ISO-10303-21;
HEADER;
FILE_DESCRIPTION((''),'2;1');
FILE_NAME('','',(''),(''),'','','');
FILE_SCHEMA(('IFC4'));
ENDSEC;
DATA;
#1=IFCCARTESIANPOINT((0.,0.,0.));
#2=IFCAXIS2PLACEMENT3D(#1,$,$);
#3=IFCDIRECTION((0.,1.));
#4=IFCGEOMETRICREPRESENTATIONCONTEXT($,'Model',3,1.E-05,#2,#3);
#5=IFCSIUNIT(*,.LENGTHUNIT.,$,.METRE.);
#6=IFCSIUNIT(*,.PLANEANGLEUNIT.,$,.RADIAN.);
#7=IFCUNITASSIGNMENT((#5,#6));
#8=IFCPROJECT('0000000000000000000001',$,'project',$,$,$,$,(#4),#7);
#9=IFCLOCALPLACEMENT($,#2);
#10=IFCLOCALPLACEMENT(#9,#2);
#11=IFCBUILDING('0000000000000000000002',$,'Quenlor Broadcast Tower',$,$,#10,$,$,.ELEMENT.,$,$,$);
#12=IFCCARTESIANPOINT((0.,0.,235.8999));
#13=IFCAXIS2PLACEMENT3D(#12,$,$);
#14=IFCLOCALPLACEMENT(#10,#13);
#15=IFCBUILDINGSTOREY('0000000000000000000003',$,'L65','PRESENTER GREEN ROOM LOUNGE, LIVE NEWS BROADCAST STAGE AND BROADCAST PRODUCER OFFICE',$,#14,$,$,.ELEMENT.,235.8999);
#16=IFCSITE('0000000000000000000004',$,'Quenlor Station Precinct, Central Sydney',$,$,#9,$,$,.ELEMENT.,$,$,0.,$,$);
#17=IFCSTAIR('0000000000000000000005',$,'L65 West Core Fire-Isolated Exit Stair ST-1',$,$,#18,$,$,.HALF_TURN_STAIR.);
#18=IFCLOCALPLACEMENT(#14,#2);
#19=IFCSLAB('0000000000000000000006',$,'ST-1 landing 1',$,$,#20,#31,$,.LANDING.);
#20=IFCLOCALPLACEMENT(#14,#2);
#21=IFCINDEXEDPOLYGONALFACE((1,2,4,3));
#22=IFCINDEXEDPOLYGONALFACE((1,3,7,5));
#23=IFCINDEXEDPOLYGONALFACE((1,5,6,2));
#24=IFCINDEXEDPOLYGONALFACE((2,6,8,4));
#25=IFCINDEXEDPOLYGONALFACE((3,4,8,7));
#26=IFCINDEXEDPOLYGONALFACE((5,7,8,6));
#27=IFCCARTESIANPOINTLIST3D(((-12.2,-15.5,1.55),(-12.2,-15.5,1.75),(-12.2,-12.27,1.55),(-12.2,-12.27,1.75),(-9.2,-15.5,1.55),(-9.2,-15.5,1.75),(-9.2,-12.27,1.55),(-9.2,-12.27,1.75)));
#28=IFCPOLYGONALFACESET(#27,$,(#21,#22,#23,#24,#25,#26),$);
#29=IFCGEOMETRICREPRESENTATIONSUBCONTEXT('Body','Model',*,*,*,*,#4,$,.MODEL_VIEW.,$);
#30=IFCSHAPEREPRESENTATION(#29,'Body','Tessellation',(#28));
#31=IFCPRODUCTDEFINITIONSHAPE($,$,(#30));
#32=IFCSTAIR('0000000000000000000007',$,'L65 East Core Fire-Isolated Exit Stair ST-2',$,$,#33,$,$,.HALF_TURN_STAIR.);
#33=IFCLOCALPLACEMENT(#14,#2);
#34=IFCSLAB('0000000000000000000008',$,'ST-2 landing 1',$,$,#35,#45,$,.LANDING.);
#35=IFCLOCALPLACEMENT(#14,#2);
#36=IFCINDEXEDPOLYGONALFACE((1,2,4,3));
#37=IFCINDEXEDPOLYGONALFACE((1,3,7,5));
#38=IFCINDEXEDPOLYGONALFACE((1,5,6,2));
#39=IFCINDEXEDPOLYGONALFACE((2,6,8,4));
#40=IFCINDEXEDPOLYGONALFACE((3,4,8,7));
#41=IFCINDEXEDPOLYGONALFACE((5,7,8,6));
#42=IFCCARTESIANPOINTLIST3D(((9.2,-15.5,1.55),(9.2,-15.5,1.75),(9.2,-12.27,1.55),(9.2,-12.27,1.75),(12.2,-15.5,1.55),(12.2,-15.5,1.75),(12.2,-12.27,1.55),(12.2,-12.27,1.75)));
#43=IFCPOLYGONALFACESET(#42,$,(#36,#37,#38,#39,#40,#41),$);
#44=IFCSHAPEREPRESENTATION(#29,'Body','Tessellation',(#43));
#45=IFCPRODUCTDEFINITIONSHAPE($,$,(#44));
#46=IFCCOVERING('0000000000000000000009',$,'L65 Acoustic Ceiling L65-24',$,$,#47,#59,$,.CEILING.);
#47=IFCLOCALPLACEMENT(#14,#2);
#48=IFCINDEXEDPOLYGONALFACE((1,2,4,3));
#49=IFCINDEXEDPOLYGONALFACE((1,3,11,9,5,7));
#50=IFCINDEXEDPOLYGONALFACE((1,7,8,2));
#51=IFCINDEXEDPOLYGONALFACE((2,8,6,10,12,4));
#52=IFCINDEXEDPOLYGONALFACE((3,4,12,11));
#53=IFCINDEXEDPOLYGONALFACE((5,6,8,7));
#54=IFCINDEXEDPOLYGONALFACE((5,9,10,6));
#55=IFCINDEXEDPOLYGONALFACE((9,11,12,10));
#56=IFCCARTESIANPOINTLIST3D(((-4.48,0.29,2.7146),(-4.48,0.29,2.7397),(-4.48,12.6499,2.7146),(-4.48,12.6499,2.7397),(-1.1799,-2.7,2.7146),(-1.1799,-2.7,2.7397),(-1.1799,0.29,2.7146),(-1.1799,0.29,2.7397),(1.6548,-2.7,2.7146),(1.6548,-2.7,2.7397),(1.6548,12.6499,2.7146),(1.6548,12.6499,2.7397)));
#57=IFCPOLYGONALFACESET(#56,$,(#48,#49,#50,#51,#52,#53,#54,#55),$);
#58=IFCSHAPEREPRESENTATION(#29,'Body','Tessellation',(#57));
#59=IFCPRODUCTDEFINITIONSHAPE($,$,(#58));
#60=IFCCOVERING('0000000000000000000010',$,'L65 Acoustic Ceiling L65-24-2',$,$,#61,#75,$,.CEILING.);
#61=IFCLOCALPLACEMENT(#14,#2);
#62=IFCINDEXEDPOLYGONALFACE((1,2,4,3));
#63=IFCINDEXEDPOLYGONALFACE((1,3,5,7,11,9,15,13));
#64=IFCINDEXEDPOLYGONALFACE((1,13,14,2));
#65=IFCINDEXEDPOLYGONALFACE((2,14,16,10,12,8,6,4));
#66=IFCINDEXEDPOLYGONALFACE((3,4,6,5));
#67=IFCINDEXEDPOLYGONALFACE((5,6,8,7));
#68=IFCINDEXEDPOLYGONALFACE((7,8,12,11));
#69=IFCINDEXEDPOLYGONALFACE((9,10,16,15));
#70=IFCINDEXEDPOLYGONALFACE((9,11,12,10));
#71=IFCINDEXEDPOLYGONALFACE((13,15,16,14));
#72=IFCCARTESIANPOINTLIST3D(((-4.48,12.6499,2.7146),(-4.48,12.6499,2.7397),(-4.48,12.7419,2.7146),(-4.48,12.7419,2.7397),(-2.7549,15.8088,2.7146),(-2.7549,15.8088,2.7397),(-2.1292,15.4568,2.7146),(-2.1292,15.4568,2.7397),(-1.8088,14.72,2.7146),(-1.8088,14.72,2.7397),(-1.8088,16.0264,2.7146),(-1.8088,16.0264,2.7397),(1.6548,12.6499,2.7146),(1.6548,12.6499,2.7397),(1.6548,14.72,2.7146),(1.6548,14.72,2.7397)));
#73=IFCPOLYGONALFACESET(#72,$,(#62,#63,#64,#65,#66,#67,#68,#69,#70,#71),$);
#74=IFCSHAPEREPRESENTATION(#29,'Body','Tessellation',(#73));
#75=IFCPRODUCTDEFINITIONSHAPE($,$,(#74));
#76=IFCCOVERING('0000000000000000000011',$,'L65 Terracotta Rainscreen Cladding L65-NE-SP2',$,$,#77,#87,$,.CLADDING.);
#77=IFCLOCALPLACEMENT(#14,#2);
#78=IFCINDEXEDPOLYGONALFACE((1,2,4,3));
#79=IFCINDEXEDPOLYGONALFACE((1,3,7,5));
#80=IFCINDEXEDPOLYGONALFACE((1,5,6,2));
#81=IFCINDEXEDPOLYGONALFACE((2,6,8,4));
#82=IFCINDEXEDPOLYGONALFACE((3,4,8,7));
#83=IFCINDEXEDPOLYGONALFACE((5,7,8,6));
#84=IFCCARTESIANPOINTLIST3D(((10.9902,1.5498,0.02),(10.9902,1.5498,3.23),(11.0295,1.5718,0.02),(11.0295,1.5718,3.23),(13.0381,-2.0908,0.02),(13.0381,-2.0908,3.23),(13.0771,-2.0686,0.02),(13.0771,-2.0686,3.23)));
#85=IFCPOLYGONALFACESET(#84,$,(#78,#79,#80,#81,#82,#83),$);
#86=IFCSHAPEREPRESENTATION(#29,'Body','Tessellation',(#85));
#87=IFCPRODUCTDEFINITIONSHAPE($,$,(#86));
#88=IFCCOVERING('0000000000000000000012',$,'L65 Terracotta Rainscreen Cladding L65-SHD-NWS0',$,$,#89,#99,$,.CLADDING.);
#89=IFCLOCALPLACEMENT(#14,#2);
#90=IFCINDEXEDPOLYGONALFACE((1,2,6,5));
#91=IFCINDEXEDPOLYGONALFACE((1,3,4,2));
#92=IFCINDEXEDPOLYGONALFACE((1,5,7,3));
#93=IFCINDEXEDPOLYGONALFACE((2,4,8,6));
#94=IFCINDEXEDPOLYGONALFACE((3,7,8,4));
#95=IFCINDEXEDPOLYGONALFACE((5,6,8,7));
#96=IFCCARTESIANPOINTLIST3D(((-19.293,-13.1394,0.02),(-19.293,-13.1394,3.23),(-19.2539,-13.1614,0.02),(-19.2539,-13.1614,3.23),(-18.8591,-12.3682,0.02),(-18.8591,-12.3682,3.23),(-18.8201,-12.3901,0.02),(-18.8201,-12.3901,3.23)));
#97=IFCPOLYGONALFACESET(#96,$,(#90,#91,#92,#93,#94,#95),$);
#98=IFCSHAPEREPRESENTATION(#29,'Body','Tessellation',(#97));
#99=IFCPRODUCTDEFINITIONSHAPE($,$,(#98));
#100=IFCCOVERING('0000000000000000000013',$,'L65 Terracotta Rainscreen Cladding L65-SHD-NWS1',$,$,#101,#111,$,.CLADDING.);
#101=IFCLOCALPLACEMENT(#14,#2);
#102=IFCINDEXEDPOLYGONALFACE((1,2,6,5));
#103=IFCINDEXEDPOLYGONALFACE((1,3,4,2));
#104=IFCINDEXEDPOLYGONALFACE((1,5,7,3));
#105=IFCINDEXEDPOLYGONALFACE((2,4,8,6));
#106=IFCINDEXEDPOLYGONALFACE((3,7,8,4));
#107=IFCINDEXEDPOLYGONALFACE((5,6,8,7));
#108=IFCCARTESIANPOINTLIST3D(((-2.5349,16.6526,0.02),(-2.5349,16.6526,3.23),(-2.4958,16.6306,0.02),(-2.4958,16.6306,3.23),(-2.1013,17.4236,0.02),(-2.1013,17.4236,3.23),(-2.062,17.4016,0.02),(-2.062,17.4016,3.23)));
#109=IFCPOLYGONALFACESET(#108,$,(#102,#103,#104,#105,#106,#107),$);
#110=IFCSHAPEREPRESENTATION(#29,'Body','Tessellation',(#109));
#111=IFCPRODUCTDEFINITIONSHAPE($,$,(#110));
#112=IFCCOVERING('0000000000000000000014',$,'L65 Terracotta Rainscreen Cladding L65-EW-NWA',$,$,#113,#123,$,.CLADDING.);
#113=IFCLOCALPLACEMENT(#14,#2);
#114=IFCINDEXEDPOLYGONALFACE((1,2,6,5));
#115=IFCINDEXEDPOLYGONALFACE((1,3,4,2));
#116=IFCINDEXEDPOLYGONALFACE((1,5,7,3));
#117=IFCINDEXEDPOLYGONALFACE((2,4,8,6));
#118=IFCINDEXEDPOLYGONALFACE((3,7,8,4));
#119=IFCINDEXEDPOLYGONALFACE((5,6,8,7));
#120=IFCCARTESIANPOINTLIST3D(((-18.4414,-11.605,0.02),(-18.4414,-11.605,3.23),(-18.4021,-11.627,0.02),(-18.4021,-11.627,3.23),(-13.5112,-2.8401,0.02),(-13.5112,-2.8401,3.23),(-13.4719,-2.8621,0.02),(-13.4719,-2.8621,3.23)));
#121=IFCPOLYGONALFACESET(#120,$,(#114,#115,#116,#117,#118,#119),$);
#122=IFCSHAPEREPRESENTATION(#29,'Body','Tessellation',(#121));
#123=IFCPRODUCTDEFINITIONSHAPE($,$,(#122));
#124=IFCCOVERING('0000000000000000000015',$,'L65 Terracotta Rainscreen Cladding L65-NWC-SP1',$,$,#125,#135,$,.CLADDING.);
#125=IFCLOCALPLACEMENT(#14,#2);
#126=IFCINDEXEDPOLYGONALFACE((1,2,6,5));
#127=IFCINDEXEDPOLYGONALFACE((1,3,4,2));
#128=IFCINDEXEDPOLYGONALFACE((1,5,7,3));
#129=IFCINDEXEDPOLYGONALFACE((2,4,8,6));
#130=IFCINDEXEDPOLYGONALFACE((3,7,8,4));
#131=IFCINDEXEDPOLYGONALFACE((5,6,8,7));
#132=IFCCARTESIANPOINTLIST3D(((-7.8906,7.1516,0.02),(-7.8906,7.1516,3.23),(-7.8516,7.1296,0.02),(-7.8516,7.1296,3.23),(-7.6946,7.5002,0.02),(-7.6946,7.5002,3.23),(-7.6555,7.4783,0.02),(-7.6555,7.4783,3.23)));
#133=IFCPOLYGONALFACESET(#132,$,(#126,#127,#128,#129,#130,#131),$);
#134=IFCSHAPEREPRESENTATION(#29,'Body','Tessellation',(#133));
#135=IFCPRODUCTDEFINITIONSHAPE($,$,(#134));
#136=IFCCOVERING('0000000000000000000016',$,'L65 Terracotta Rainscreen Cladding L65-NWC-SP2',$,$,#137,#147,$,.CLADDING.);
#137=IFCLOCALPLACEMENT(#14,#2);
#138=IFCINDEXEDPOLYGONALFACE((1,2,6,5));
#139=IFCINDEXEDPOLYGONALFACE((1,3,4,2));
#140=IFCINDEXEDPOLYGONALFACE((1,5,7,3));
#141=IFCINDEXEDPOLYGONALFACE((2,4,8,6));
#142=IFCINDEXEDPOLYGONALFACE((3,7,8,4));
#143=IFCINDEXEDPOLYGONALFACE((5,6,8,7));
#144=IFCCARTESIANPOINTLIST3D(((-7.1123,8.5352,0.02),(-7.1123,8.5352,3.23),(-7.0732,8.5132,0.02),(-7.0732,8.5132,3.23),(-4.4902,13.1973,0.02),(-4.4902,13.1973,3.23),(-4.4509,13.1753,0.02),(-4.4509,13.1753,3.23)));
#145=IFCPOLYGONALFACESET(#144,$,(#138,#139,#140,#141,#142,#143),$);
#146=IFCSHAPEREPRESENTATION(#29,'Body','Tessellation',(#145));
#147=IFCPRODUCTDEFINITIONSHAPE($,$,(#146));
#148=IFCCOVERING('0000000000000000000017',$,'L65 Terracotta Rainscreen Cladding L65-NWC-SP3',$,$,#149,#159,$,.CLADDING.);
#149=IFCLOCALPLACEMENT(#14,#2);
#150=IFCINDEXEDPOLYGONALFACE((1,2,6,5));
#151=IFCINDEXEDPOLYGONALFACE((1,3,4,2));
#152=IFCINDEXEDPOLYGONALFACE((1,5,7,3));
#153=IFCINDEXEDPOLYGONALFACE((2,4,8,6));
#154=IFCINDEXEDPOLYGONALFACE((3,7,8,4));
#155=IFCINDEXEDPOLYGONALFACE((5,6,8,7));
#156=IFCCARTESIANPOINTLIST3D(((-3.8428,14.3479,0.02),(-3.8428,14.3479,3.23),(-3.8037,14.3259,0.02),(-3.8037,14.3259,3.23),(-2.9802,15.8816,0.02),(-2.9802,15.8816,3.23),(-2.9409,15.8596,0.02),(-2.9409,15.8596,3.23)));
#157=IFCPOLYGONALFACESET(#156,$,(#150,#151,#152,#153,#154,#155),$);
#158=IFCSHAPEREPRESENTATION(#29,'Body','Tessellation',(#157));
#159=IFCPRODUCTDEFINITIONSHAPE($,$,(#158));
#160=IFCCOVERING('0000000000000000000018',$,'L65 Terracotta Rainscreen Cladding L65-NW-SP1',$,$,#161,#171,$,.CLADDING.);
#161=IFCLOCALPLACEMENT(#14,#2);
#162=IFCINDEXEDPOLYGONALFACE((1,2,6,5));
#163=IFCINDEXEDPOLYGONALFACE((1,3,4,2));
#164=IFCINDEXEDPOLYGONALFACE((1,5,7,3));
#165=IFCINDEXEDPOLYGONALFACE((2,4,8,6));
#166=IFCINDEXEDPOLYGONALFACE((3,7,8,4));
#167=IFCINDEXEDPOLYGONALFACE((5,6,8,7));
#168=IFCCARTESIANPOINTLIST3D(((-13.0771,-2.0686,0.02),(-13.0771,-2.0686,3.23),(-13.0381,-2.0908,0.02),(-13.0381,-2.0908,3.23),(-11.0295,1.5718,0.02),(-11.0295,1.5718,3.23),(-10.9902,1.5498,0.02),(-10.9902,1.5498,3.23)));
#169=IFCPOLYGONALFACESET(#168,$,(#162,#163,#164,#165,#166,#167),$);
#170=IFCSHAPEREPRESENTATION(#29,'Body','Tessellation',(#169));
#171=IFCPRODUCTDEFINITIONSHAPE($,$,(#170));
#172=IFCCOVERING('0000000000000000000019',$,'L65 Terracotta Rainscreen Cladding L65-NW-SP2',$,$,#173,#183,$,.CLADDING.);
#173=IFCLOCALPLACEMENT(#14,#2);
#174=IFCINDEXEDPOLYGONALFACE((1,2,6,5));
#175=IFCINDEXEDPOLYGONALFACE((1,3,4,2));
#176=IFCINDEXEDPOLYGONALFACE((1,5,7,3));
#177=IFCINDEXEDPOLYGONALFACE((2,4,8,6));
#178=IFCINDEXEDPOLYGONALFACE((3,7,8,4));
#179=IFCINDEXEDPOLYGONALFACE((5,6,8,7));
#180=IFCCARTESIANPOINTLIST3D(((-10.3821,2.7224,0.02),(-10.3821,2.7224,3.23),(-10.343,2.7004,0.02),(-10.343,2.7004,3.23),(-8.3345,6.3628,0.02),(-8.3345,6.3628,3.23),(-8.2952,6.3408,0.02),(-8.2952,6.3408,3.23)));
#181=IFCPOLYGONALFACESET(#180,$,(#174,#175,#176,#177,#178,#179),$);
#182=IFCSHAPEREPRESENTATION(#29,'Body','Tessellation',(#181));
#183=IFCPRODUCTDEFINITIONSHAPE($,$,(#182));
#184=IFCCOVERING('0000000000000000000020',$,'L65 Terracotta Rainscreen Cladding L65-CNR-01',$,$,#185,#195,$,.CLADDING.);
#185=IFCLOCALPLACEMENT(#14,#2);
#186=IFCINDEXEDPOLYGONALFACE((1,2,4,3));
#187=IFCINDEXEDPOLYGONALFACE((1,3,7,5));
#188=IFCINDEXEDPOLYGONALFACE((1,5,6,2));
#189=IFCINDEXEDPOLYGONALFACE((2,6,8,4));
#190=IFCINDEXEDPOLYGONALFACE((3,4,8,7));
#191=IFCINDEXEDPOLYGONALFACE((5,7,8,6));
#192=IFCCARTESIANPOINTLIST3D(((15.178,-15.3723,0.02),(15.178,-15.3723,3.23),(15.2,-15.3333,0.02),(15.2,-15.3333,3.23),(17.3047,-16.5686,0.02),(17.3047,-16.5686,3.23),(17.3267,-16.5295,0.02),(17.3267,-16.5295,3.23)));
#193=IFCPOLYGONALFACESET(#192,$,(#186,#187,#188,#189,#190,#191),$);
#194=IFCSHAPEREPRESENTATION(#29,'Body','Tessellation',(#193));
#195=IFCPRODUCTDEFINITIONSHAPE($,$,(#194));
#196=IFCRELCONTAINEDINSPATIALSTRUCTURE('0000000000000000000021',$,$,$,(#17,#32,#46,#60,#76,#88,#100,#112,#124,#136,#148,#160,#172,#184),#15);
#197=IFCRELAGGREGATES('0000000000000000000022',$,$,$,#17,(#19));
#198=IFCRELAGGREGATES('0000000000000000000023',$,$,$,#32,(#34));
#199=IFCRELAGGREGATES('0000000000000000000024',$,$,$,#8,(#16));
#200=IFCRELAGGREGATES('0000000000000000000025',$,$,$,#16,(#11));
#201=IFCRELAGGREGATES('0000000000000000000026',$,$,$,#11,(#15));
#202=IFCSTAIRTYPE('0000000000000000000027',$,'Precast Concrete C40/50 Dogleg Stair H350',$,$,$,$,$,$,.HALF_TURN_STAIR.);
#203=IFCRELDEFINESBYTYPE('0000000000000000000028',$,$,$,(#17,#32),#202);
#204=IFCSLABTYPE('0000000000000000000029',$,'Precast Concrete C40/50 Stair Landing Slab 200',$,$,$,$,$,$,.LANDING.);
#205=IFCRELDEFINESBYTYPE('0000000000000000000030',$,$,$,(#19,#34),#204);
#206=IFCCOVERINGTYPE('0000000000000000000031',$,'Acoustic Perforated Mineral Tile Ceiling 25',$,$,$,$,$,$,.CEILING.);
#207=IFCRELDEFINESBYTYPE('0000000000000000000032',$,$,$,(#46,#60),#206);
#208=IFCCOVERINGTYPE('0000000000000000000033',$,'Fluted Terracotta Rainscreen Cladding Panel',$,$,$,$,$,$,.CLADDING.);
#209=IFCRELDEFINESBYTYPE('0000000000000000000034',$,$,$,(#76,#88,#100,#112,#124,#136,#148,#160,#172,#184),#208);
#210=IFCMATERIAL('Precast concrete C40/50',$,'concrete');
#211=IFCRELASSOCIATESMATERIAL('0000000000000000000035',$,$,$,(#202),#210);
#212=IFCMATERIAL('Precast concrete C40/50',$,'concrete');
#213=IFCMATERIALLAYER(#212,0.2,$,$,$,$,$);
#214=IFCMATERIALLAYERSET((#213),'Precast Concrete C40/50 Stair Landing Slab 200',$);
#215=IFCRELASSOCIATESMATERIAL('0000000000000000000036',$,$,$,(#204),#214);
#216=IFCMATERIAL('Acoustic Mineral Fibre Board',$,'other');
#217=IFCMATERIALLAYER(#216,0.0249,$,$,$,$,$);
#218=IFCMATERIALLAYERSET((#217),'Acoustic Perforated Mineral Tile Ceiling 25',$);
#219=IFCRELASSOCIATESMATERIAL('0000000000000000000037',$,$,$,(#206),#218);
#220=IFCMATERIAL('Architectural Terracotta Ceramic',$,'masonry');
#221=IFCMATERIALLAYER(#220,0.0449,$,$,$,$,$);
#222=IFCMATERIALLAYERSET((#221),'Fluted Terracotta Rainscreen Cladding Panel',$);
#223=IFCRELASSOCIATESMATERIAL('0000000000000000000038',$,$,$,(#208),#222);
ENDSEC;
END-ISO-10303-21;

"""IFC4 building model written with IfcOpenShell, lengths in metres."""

from ifc_helpers import new_model, si_unit, direction, frame, origin, place, context, subcontext, project, spatial, polyline, outline, extrude, material, layer, layer_set, type_object, element, aggregate, save


model = new_model("IFC4")

# Units and contexts
model_context = context("Model", 3, precision=1e-05, world=origin(), true_north=direction((0.0, 1.0)))
body_context = subcontext(model_context, "Body", "Model", "MODEL_VIEW")
ifc_project = project(units=[si_unit("LENGTHUNIT", "METRE"), si_unit("PLANEANGLEUNIT", "RADIAN")], contexts=[model_context])

# Site, building, storey
site_placement = place(None, origin())
site = spatial("IfcSite", under=ifc_project, at=site_placement, Name="Quenlor Station Precinct, Central Sydney", CompositionType="ELEMENT", RefElevation=0.0)
building_placement = place(site_placement, origin())
building = spatial("IfcBuilding", under=site, at=building_placement, Name="Quenlor Broadcast Tower", CompositionType="ELEMENT")
storey_placement = place(building_placement, frame((0.0, 0.0, 235.8999)))
storey = spatial("IfcBuildingStorey", under=building, at=storey_placement, Name="L65", Description="PRESENTER GREEN ROOM LOUNGE, LIVE NEWS BROADCAST STAGE AND BROADCAST PRODUCER OFFICE", CompositionType="ELEMENT", Elevation=235.8999)

# Stairs, slabs
ifc_material_1 = material(Name="Precast concrete C40/50", Category="concrete")
stair_type = type_object("IfcStairType", Name="Precast Concrete C40/50 Dogleg Stair H350", PredefinedType="HALF_TURN_STAIR", material=ifc_material_1)
stair_1_placement = place(storey_placement, origin())
stair_1 = element("IfcStair", 1, at=stair_1_placement, inside=storey, type_object=stair_type, Name="L65 West Core Fire-Isolated Exit Stair ST-1", PredefinedType="HALF_TURN_STAIR")
ifc_material_2 = material(Name="Precast concrete C40/50", Category="concrete")
ifc_layer_1 = layer(ifc_material_2, 0.2)
ifc_layer_set_1 = layer_set([ifc_layer_1], Name="Precast Concrete C40/50 Stair Landing Slab 200")
slab_type = type_object("IfcSlabType", Name="Precast Concrete C40/50 Stair Landing Slab 200", PredefinedType="LANDING", material=ifc_layer_set_1)
slab_1_placement = place(storey_placement, frame((0.0, 0.0, 1.55)))
slab_1 = element("IfcSlab", 2, at=slab_1_placement, type_object=slab_type, Name="ST-1 landing 1", PredefinedType="LANDING", context=body_context, shape_type="SweptSolid", body=[
    extrude(outline(polyline([(-12.2, -12.27), (-12.2, -15.5), (-9.2, -15.5), (-9.2, -12.27), (-12.2, -12.27)])), origin(), (0.0, 0.0, 1.0), 0.2),
])
aggregate(stair_1, [slab_1])
stair_2_placement = place(storey_placement, origin())
stair_2 = element("IfcStair", 3, at=stair_2_placement, inside=storey, type_object=stair_type, Name="L65 East Core Fire-Isolated Exit Stair ST-2", PredefinedType="HALF_TURN_STAIR")
slab_2_placement = place(storey_placement, frame((0.0, 0.0, 1.55)))
slab_2 = element("IfcSlab", 4, at=slab_2_placement, type_object=slab_type, Name="ST-2 landing 1", PredefinedType="LANDING", context=body_context, shape_type="SweptSolid", body=[
    extrude(outline(polyline([(9.2, -12.27), (9.2, -15.5), (12.2, -15.5), (12.2, -12.27), (9.2, -12.27)])), origin(), (0.0, 0.0, 1.0), 0.2),
])
aggregate(stair_2, [slab_2])

# Coverings
ifc_material_3 = material(Name="Acoustic Mineral Fibre Board", Category="other")
ifc_layer_2 = layer(ifc_material_3, 0.0249)
ifc_layer_set_2 = layer_set([ifc_layer_2], Name="Acoustic Perforated Mineral Tile Ceiling 25")
covering_type_1 = type_object("IfcCoveringType", Name="Acoustic Perforated Mineral Tile Ceiling 25", PredefinedType="CEILING", material=ifc_layer_set_2)
covering_1_placement = place(storey_placement, frame((0.0, 0.0, 2.7146)))
element("IfcCovering", 5, at=covering_1_placement, inside=storey, type_object=covering_type_1, Name="L65 Acoustic Ceiling L65-24", PredefinedType="CEILING", context=body_context, shape_type="SweptSolid", body=[
    extrude(outline(polyline([(1.6548, -2.7), (-1.1799, -2.7), (-1.1799, 0.29), (-4.48, 0.29), (-4.48, 12.6499), (1.6548, 12.6499), (1.6548, -2.7)])), origin(), (0.0, 0.0, 1.0), 0.0251),
])
covering_2_placement = place(storey_placement, frame((0.0, 0.0, 2.7146)))
element("IfcCovering", 6, at=covering_2_placement, inside=storey, type_object=covering_type_1, Name="L65 Acoustic Ceiling L65-24-2", PredefinedType="CEILING", context=body_context, shape_type="SweptSolid", body=[
    extrude(outline(polyline([(1.6548, 12.6499), (-4.48, 12.6499), (-4.48, 12.7419), (-2.7549, 15.8088), (-2.1292, 15.4568), (-1.8088, 16.0264), (-1.8088, 14.72), (1.6548, 14.72), (1.6548, 12.6499)])), origin(), (0.0, 0.0, 1.0), 0.0251),
])
ifc_material_4 = material(Name="Architectural Terracotta Ceramic", Category="masonry")
ifc_layer_3 = layer(ifc_material_4, 0.0449)
ifc_layer_set_3 = layer_set([ifc_layer_3], Name="Fluted Terracotta Rainscreen Cladding Panel")
covering_type_2 = type_object("IfcCoveringType", Name="Fluted Terracotta Rainscreen Cladding Panel", PredefinedType="CLADDING", material=ifc_layer_set_3)
covering_3_placement = place(storey_placement, frame((0.0, 0.0, 0.02)))
element("IfcCovering", 7, at=covering_3_placement, inside=storey, type_object=covering_type_2, Name="L65 Terracotta Rainscreen Cladding L65-NE-SP2", PredefinedType="CLADDING", context=body_context, shape_type="SweptSolid", body=[
    extrude(outline(polyline([(10.9902, 1.5498), (13.0381, -2.0908), (13.0771, -2.0686), (11.0295, 1.5718), (10.9902, 1.5498)])), origin(), (0.0, 0.0, 1.0), 3.21),
])
covering_4_placement = place(storey_placement, frame((0.0, 0.0, 0.02)))
element("IfcCovering", 8, at=covering_4_placement, inside=storey, type_object=covering_type_2, Name="L65 Terracotta Rainscreen Cladding L65-SHD-NWS0", PredefinedType="CLADDING", context=body_context, shape_type="SweptSolid", body=[
    extrude(outline(polyline([(-19.2539, -13.1614), (-18.8201, -12.3901), (-18.8591, -12.3682), (-19.293, -13.1394), (-19.2539, -13.1614)])), origin(), (0.0, 0.0, 1.0), 3.21),
])
covering_5_placement = place(storey_placement, frame((0.0, 0.0, 0.02)))
element("IfcCovering", 9, at=covering_5_placement, inside=storey, type_object=covering_type_2, Name="L65 Terracotta Rainscreen Cladding L65-SHD-NWS1", PredefinedType="CLADDING", context=body_context, shape_type="SweptSolid", body=[
    extrude(outline(polyline([(-2.4958, 16.6306), (-2.062, 17.4016), (-2.1013, 17.4236), (-2.5349, 16.6526), (-2.4958, 16.6306)])), origin(), (0.0, 0.0, 1.0), 3.21),
])
covering_6_placement = place(storey_placement, frame((0.0, 0.0, 0.02)))
element("IfcCovering", 10, at=covering_6_placement, inside=storey, type_object=covering_type_2, Name="L65 Terracotta Rainscreen Cladding L65-EW-NWA", PredefinedType="CLADDING", context=body_context, shape_type="SweptSolid", body=[
    extrude(outline(polyline([(-18.4021, -11.627), (-13.4719, -2.8621), (-13.5112, -2.8401), (-18.4414, -11.605), (-18.4021, -11.627)])), origin(), (0.0, 0.0, 1.0), 3.21),
])
covering_7_placement = place(storey_placement, frame((0.0, 0.0, 0.02)))
element("IfcCovering", 11, at=covering_7_placement, inside=storey, type_object=covering_type_2, Name="L65 Terracotta Rainscreen Cladding L65-NWC-SP1", PredefinedType="CLADDING", context=body_context, shape_type="SweptSolid", body=[
    extrude(outline(polyline([(-7.8516, 7.1296), (-7.6555, 7.4783), (-7.6946, 7.5002), (-7.8906, 7.1516), (-7.8516, 7.1296)])), origin(), (0.0, 0.0, 1.0), 3.21),
])
covering_8_placement = place(storey_placement, frame((0.0, 0.0, 0.02)))
element("IfcCovering", 12, at=covering_8_placement, inside=storey, type_object=covering_type_2, Name="L65 Terracotta Rainscreen Cladding L65-NWC-SP2", PredefinedType="CLADDING", context=body_context, shape_type="SweptSolid", body=[
    extrude(outline(polyline([(-7.0732, 8.5132), (-4.4509, 13.1753), (-4.4902, 13.1973), (-7.1123, 8.5352), (-7.0732, 8.5132)])), origin(), (0.0, 0.0, 1.0), 3.21),
])
covering_9_placement = place(storey_placement, frame((0.0, 0.0, 0.02)))
element("IfcCovering", 13, at=covering_9_placement, inside=storey, type_object=covering_type_2, Name="L65 Terracotta Rainscreen Cladding L65-NWC-SP3", PredefinedType="CLADDING", context=body_context, shape_type="SweptSolid", body=[
    extrude(outline(polyline([(-3.8037, 14.3259), (-2.9409, 15.8596), (-2.9802, 15.8816), (-3.8428, 14.3479), (-3.8037, 14.3259)])), origin(), (0.0, 0.0, 1.0), 3.21),
])
covering_10_placement = place(storey_placement, frame((0.0, 0.0, 0.02)))
element("IfcCovering", 14, at=covering_10_placement, inside=storey, type_object=covering_type_2, Name="L65 Terracotta Rainscreen Cladding L65-NW-SP1", PredefinedType="CLADDING", context=body_context, shape_type="SweptSolid", body=[
    extrude(outline(polyline([(-13.0381, -2.0908), (-10.9902, 1.5498), (-11.0295, 1.5718), (-13.0771, -2.0686), (-13.0381, -2.0908)])), origin(), (0.0, 0.0, 1.0), 3.21),
])
covering_11_placement = place(storey_placement, frame((0.0, 0.0, 0.02)))
element("IfcCovering", 15, at=covering_11_placement, inside=storey, type_object=covering_type_2, Name="L65 Terracotta Rainscreen Cladding L65-NW-SP2", PredefinedType="CLADDING", context=body_context, shape_type="SweptSolid", body=[
    extrude(outline(polyline([(-10.343, 2.7004), (-8.2952, 6.3408), (-8.3345, 6.3628), (-10.3821, 2.7224), (-10.343, 2.7004)])), origin(), (0.0, 0.0, 1.0), 3.21),
])
covering_12_placement = place(storey_placement, frame((0.0, 0.0, 0.02)))
element("IfcCovering", 16, at=covering_12_placement, inside=storey, type_object=covering_type_2, Name="L65 Terracotta Rainscreen Cladding L65-CNR-01", PredefinedType="CLADDING", context=body_context, shape_type="SweptSolid", body=[
    extrude(outline(polyline([(17.3267, -16.5295), (15.2, -15.3333), (15.178, -15.3723), (17.3047, -16.5686), (17.3267, -16.5295)])), origin(), (0.0, 0.0, 1.0), 3.21),
])

save(model, "model.ifc")
